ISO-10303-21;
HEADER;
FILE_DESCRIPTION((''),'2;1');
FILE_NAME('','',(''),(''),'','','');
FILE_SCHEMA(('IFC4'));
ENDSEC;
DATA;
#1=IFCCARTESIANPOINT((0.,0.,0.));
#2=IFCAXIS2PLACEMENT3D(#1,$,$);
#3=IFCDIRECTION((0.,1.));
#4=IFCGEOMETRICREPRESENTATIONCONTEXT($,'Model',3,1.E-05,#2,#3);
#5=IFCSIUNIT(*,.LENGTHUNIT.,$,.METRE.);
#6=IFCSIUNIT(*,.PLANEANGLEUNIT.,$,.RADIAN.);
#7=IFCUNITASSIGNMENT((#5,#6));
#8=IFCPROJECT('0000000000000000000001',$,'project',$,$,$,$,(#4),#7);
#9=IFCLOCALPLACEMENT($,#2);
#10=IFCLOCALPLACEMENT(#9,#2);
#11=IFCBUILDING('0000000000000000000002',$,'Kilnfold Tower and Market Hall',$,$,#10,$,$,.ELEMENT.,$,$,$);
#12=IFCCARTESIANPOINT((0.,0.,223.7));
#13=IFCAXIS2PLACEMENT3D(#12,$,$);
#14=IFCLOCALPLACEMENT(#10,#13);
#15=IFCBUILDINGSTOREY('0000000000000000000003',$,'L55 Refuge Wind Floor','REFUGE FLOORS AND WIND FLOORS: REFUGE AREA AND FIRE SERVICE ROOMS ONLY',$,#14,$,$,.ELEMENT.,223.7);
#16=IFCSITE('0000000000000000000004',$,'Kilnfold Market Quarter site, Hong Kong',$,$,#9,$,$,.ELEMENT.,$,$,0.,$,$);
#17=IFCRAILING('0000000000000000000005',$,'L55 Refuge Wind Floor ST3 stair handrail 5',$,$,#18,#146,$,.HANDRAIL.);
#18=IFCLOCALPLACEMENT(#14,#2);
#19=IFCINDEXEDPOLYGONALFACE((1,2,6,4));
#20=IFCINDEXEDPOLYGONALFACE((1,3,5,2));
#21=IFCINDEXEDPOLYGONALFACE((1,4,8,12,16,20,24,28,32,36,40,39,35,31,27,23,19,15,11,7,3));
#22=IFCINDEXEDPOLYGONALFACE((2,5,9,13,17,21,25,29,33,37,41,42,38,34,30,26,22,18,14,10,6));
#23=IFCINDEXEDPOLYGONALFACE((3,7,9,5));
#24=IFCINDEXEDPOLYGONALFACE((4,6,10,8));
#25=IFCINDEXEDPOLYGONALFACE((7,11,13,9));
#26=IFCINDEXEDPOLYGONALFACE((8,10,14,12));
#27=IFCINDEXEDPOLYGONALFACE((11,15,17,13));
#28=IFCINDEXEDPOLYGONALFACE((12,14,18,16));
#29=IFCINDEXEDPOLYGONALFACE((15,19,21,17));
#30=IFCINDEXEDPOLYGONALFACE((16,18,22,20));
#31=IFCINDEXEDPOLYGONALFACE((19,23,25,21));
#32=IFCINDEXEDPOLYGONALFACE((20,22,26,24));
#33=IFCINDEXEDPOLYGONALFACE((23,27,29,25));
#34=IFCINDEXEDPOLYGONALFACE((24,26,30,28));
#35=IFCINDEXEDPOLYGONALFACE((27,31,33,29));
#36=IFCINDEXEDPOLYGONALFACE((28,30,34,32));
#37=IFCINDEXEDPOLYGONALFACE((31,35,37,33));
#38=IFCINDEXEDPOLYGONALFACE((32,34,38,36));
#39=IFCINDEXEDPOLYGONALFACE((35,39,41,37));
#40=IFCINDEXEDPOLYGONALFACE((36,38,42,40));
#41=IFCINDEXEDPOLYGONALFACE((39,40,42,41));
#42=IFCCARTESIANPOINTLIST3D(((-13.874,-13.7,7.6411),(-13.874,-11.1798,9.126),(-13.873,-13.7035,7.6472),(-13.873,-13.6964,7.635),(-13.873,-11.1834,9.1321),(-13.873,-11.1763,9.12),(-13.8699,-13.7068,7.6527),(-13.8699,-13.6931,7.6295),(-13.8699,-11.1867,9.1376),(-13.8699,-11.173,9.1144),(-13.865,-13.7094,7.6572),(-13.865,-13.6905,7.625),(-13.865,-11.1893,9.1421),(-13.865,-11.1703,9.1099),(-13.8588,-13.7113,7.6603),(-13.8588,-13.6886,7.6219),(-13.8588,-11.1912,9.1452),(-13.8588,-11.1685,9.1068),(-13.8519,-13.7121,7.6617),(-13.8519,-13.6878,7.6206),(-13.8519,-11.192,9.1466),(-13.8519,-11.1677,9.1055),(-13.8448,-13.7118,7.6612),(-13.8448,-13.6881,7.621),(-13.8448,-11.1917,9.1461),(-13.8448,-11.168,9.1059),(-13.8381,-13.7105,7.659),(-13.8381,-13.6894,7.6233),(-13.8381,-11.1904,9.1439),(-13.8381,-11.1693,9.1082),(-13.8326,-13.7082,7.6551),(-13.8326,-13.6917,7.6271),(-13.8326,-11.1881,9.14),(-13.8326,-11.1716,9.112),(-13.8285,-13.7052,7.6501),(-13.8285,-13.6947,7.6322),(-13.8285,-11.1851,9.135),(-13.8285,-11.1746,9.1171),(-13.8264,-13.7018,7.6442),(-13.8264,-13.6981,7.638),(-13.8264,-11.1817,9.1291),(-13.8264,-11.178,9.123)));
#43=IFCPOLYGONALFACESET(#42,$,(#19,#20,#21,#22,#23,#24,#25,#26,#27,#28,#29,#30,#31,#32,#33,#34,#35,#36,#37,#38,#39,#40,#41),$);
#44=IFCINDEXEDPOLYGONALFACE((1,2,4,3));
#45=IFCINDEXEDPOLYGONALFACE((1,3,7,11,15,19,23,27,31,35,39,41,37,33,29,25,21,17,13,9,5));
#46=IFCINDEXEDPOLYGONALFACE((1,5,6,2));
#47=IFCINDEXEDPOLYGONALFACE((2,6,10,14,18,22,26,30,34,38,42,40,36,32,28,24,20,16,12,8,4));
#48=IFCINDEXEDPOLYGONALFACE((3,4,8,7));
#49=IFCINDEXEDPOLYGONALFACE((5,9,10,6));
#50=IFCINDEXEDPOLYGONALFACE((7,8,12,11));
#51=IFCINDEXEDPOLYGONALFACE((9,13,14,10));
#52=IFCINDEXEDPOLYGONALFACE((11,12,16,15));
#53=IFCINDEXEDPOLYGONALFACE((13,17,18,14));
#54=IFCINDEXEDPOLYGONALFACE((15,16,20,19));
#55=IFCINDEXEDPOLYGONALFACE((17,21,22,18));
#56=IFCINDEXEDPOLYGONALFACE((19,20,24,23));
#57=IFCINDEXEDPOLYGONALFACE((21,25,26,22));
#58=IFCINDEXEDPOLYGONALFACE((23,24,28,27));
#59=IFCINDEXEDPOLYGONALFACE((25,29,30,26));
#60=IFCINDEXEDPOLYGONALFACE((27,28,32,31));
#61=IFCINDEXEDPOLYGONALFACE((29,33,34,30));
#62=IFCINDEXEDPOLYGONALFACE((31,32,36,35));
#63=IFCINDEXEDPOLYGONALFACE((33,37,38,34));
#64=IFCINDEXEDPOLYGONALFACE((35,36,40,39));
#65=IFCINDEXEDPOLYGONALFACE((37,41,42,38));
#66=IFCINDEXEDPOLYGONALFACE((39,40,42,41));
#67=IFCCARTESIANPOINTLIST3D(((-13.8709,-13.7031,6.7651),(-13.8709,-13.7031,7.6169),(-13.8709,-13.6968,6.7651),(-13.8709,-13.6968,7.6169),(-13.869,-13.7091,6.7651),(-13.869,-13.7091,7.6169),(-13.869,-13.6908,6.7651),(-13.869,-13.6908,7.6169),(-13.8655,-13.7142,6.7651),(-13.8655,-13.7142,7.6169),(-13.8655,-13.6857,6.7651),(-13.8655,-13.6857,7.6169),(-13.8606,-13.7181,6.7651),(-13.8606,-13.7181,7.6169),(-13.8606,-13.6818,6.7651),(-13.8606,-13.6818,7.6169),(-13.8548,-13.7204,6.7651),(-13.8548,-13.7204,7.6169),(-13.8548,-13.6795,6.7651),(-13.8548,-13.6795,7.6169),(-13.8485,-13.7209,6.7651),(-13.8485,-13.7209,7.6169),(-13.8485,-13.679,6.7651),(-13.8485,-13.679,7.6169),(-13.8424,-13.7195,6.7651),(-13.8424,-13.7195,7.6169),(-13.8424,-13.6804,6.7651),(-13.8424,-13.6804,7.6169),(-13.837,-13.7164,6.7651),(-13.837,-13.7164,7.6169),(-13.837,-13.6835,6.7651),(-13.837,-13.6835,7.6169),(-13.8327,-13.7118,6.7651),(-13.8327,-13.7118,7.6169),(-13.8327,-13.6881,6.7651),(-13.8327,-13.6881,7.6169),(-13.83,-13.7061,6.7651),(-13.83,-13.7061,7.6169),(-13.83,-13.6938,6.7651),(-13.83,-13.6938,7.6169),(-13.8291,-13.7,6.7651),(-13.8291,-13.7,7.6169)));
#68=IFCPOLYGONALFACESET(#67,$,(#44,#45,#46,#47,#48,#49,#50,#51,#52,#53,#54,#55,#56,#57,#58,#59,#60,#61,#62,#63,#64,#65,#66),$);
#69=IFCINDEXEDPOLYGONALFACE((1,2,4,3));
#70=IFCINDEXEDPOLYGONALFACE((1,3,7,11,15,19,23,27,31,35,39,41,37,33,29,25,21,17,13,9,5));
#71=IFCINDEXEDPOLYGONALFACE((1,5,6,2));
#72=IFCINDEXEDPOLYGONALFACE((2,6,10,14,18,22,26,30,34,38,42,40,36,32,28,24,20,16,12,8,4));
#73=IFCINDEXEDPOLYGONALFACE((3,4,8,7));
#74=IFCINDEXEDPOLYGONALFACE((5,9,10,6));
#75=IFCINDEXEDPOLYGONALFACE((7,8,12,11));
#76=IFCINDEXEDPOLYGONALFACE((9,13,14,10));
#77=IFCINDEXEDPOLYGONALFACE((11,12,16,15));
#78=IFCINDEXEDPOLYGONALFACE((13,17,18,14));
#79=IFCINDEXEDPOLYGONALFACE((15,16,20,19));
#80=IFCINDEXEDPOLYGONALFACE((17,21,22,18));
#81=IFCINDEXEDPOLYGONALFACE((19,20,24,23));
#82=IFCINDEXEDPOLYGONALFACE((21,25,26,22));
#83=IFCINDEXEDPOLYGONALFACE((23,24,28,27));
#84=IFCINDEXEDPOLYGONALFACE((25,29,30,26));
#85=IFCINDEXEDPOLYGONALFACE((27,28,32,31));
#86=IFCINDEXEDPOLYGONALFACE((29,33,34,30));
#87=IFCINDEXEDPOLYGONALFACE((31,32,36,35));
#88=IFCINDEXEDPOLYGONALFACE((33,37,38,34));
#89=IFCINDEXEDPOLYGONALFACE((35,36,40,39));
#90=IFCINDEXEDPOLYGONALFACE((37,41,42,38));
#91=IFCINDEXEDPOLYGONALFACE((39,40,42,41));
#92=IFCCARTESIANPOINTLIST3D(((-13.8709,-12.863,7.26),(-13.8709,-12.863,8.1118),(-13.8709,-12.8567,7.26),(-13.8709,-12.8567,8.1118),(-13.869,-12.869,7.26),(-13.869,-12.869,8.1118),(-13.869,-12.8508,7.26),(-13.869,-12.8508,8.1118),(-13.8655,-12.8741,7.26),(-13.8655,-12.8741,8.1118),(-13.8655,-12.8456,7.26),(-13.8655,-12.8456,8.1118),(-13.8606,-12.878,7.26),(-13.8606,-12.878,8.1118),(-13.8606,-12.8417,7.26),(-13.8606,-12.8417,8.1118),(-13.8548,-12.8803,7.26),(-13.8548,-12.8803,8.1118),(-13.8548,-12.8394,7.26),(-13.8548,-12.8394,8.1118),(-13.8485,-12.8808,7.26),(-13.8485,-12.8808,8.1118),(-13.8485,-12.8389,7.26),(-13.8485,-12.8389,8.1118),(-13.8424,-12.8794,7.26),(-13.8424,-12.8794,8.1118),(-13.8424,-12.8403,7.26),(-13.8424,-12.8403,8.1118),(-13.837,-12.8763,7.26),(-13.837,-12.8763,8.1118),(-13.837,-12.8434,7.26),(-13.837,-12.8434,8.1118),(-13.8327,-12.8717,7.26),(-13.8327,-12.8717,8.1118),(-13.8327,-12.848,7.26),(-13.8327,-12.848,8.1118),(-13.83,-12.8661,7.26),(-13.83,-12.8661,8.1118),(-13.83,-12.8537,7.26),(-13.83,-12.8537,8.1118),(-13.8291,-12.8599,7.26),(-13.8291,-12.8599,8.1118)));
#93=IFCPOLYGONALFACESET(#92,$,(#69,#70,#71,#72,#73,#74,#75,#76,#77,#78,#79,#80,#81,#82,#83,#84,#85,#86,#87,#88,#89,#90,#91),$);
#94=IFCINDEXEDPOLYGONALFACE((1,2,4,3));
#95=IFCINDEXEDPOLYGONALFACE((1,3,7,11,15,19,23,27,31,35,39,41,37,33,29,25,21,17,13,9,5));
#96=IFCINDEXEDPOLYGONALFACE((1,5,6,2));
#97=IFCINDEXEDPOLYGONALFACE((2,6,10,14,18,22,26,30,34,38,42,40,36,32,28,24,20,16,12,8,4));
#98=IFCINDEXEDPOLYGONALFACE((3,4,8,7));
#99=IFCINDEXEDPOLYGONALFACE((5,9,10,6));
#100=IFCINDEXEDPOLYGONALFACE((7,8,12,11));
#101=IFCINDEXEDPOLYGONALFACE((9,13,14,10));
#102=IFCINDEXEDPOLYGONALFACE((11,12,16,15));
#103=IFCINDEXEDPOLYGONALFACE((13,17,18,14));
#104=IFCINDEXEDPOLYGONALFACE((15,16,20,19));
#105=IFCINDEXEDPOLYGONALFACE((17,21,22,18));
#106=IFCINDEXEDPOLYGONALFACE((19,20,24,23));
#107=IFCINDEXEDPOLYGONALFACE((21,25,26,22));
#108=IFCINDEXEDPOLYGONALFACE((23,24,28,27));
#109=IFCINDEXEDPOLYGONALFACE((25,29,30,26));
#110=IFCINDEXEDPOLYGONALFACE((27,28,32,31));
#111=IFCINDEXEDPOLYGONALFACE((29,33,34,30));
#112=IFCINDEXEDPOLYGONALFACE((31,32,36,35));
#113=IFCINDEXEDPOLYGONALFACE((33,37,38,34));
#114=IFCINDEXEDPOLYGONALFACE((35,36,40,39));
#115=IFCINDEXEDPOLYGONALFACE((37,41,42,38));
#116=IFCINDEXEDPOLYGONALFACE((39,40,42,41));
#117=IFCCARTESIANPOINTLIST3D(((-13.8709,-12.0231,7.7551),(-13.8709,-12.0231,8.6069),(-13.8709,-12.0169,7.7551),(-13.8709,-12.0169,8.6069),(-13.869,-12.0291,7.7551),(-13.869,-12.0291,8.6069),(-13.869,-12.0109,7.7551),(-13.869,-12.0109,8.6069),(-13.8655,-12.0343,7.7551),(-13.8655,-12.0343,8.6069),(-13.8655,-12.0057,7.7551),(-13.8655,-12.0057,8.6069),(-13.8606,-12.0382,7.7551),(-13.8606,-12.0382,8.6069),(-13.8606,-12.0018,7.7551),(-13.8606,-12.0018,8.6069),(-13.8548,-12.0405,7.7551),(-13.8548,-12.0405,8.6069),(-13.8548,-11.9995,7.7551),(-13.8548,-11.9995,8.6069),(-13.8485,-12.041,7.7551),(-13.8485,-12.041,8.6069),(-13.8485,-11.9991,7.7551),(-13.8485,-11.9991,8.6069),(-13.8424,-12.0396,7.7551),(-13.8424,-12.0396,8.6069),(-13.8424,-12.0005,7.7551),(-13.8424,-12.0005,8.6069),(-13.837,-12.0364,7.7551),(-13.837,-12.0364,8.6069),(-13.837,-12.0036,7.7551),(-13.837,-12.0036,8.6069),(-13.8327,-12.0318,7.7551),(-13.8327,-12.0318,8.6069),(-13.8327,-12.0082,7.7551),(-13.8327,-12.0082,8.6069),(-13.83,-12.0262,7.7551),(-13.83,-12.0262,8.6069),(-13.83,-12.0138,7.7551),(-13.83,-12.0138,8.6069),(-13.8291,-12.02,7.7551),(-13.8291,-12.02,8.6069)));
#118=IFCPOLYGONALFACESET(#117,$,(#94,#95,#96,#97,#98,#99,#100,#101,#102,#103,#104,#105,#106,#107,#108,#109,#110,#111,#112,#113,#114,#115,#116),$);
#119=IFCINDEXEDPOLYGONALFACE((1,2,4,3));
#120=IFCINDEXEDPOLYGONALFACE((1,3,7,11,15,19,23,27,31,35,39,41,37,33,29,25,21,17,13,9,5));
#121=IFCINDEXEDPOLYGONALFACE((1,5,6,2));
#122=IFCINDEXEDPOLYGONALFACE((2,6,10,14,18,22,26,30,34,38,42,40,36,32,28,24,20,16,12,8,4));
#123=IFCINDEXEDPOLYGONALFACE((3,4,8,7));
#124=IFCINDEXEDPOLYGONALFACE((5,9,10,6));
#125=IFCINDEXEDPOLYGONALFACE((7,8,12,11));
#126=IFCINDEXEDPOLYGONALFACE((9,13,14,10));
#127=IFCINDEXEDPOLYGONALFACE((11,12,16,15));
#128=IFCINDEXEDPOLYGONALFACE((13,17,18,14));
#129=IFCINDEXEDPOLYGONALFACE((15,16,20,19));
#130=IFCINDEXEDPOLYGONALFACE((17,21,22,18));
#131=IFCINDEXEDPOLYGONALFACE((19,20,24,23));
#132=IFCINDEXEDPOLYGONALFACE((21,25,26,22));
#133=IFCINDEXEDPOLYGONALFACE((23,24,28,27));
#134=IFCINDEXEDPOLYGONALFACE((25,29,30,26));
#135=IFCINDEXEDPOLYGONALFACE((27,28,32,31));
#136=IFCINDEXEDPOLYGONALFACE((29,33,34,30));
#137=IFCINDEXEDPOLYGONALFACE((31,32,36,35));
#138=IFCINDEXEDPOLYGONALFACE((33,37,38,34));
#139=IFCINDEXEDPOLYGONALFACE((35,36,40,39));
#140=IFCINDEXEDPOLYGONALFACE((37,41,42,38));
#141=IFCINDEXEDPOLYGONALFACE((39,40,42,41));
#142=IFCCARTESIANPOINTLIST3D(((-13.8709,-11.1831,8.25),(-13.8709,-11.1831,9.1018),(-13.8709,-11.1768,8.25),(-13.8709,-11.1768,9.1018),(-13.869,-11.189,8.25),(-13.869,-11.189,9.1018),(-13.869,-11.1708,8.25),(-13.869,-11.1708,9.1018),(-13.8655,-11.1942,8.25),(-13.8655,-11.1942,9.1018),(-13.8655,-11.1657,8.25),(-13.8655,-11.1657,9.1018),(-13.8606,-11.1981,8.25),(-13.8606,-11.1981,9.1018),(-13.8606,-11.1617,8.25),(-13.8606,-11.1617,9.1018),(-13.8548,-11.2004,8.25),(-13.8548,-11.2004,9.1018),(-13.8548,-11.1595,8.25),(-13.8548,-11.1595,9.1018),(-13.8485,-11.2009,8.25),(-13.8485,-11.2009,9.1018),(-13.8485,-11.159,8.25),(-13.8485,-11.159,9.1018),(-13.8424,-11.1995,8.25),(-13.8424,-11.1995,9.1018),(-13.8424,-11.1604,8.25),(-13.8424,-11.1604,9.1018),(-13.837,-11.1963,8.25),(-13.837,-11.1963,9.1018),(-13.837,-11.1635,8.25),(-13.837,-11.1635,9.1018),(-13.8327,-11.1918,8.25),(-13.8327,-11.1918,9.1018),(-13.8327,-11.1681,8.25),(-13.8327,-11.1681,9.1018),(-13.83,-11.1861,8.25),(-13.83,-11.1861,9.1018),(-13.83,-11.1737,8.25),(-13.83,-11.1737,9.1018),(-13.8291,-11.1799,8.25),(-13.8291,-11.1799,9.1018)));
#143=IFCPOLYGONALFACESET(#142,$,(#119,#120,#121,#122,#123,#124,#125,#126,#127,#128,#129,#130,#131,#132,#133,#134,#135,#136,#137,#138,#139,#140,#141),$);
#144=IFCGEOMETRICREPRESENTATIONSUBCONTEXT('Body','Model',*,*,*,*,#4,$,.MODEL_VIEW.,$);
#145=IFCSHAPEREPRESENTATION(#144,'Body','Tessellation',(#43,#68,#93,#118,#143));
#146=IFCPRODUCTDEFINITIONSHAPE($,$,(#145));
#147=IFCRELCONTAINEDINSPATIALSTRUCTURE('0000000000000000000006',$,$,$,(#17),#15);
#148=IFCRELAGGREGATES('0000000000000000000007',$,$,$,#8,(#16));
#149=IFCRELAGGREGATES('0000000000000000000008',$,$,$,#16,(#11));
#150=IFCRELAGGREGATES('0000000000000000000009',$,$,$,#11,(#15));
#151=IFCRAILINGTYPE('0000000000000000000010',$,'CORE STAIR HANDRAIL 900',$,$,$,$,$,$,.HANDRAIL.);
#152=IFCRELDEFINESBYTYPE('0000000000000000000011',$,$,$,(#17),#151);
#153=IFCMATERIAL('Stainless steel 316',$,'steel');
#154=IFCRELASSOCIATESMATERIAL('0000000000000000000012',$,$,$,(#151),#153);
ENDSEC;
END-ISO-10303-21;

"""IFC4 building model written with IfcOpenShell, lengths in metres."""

from ifc_helpers import new_model, si_unit, direction, frame, origin, origin_2d, place, context, subcontext, project, spatial, circle, extrude, material, type_object, element, save


model = new_model("IFC4")

# Units and contexts
model_context = context("Model", 3, precision=1e-05, world=origin(), true_north=direction((0.0, 1.0)))
body_context = subcontext(model_context, "Body", "Model", "MODEL_VIEW")
ifc_project = project(units=[si_unit("LENGTHUNIT", "METRE"), si_unit("PLANEANGLEUNIT", "RADIAN")], contexts=[model_context])

# Site, building, storey
site_placement = place(None, origin())
site = spatial("IfcSite", under=ifc_project, at=site_placement, Name="Kilnfold Market Quarter site, Hong Kong", CompositionType="ELEMENT", RefElevation=0.0)
building_placement = place(site_placement, origin())
building = spatial("IfcBuilding", under=site, at=building_placement, Name="Kilnfold Tower and Market Hall", CompositionType="ELEMENT")
storey_placement = place(building_placement, frame((0.0, 0.0, 223.7)))
storey = spatial("IfcBuildingStorey", under=building, at=storey_placement, Name="L55 Refuge Wind Floor", Description="REFUGE FLOORS AND WIND FLOORS: REFUGE AREA AND FIRE SERVICE ROOMS ONLY", CompositionType="ELEMENT", Elevation=223.7)

# Railing
ifc_material_1 = material(Name="Stainless steel 316", Category="steel")
railing_type = type_object("IfcRailingType", Name="CORE STAIR HANDRAIL 900", PredefinedType="HANDRAIL", material=ifc_material_1)
railing_1_placement = place(storey_placement, frame((-13.8501, -13.7, 6.7651)))
element("IfcRailing", 1, at=railing_1_placement, inside=storey, type_object=railing_type, Name="L55 Refuge Wind Floor ST3 stair handrail 5", PredefinedType="HANDRAIL", context=body_context, shape_type="SweptSolid", body=[
    extrude(circle(Radius=0.0239, at=origin_2d()), frame((0.0, 0.0, 0.876), z_axis=(0.0, 0.861561, 0.507655), x_axis=(-1.0, 0.0, 0.0)), (0.0, 0.0, 1.0), 2.925),
    extrude(circle(Radius=0.021, at=origin_2d()), origin(), (0.0, 0.0, 1.0), 0.8518),
    extrude(circle(Radius=0.021, at=origin_2d()), frame((0.0, 0.8401, 0.4949)), (0.0, 0.0, 1.0), 0.8518),
    extrude(circle(Radius=0.021, at=origin_2d()), frame((0.0, 1.6799, 0.99)), (0.0, 0.0, 1.0), 0.8518),
    extrude(circle(Radius=0.021, at=origin_2d()), frame((0.0, 2.52, 1.4849)), (0.0, 0.0, 1.0), 0.8518),
])

save(model, "model.ifc")
